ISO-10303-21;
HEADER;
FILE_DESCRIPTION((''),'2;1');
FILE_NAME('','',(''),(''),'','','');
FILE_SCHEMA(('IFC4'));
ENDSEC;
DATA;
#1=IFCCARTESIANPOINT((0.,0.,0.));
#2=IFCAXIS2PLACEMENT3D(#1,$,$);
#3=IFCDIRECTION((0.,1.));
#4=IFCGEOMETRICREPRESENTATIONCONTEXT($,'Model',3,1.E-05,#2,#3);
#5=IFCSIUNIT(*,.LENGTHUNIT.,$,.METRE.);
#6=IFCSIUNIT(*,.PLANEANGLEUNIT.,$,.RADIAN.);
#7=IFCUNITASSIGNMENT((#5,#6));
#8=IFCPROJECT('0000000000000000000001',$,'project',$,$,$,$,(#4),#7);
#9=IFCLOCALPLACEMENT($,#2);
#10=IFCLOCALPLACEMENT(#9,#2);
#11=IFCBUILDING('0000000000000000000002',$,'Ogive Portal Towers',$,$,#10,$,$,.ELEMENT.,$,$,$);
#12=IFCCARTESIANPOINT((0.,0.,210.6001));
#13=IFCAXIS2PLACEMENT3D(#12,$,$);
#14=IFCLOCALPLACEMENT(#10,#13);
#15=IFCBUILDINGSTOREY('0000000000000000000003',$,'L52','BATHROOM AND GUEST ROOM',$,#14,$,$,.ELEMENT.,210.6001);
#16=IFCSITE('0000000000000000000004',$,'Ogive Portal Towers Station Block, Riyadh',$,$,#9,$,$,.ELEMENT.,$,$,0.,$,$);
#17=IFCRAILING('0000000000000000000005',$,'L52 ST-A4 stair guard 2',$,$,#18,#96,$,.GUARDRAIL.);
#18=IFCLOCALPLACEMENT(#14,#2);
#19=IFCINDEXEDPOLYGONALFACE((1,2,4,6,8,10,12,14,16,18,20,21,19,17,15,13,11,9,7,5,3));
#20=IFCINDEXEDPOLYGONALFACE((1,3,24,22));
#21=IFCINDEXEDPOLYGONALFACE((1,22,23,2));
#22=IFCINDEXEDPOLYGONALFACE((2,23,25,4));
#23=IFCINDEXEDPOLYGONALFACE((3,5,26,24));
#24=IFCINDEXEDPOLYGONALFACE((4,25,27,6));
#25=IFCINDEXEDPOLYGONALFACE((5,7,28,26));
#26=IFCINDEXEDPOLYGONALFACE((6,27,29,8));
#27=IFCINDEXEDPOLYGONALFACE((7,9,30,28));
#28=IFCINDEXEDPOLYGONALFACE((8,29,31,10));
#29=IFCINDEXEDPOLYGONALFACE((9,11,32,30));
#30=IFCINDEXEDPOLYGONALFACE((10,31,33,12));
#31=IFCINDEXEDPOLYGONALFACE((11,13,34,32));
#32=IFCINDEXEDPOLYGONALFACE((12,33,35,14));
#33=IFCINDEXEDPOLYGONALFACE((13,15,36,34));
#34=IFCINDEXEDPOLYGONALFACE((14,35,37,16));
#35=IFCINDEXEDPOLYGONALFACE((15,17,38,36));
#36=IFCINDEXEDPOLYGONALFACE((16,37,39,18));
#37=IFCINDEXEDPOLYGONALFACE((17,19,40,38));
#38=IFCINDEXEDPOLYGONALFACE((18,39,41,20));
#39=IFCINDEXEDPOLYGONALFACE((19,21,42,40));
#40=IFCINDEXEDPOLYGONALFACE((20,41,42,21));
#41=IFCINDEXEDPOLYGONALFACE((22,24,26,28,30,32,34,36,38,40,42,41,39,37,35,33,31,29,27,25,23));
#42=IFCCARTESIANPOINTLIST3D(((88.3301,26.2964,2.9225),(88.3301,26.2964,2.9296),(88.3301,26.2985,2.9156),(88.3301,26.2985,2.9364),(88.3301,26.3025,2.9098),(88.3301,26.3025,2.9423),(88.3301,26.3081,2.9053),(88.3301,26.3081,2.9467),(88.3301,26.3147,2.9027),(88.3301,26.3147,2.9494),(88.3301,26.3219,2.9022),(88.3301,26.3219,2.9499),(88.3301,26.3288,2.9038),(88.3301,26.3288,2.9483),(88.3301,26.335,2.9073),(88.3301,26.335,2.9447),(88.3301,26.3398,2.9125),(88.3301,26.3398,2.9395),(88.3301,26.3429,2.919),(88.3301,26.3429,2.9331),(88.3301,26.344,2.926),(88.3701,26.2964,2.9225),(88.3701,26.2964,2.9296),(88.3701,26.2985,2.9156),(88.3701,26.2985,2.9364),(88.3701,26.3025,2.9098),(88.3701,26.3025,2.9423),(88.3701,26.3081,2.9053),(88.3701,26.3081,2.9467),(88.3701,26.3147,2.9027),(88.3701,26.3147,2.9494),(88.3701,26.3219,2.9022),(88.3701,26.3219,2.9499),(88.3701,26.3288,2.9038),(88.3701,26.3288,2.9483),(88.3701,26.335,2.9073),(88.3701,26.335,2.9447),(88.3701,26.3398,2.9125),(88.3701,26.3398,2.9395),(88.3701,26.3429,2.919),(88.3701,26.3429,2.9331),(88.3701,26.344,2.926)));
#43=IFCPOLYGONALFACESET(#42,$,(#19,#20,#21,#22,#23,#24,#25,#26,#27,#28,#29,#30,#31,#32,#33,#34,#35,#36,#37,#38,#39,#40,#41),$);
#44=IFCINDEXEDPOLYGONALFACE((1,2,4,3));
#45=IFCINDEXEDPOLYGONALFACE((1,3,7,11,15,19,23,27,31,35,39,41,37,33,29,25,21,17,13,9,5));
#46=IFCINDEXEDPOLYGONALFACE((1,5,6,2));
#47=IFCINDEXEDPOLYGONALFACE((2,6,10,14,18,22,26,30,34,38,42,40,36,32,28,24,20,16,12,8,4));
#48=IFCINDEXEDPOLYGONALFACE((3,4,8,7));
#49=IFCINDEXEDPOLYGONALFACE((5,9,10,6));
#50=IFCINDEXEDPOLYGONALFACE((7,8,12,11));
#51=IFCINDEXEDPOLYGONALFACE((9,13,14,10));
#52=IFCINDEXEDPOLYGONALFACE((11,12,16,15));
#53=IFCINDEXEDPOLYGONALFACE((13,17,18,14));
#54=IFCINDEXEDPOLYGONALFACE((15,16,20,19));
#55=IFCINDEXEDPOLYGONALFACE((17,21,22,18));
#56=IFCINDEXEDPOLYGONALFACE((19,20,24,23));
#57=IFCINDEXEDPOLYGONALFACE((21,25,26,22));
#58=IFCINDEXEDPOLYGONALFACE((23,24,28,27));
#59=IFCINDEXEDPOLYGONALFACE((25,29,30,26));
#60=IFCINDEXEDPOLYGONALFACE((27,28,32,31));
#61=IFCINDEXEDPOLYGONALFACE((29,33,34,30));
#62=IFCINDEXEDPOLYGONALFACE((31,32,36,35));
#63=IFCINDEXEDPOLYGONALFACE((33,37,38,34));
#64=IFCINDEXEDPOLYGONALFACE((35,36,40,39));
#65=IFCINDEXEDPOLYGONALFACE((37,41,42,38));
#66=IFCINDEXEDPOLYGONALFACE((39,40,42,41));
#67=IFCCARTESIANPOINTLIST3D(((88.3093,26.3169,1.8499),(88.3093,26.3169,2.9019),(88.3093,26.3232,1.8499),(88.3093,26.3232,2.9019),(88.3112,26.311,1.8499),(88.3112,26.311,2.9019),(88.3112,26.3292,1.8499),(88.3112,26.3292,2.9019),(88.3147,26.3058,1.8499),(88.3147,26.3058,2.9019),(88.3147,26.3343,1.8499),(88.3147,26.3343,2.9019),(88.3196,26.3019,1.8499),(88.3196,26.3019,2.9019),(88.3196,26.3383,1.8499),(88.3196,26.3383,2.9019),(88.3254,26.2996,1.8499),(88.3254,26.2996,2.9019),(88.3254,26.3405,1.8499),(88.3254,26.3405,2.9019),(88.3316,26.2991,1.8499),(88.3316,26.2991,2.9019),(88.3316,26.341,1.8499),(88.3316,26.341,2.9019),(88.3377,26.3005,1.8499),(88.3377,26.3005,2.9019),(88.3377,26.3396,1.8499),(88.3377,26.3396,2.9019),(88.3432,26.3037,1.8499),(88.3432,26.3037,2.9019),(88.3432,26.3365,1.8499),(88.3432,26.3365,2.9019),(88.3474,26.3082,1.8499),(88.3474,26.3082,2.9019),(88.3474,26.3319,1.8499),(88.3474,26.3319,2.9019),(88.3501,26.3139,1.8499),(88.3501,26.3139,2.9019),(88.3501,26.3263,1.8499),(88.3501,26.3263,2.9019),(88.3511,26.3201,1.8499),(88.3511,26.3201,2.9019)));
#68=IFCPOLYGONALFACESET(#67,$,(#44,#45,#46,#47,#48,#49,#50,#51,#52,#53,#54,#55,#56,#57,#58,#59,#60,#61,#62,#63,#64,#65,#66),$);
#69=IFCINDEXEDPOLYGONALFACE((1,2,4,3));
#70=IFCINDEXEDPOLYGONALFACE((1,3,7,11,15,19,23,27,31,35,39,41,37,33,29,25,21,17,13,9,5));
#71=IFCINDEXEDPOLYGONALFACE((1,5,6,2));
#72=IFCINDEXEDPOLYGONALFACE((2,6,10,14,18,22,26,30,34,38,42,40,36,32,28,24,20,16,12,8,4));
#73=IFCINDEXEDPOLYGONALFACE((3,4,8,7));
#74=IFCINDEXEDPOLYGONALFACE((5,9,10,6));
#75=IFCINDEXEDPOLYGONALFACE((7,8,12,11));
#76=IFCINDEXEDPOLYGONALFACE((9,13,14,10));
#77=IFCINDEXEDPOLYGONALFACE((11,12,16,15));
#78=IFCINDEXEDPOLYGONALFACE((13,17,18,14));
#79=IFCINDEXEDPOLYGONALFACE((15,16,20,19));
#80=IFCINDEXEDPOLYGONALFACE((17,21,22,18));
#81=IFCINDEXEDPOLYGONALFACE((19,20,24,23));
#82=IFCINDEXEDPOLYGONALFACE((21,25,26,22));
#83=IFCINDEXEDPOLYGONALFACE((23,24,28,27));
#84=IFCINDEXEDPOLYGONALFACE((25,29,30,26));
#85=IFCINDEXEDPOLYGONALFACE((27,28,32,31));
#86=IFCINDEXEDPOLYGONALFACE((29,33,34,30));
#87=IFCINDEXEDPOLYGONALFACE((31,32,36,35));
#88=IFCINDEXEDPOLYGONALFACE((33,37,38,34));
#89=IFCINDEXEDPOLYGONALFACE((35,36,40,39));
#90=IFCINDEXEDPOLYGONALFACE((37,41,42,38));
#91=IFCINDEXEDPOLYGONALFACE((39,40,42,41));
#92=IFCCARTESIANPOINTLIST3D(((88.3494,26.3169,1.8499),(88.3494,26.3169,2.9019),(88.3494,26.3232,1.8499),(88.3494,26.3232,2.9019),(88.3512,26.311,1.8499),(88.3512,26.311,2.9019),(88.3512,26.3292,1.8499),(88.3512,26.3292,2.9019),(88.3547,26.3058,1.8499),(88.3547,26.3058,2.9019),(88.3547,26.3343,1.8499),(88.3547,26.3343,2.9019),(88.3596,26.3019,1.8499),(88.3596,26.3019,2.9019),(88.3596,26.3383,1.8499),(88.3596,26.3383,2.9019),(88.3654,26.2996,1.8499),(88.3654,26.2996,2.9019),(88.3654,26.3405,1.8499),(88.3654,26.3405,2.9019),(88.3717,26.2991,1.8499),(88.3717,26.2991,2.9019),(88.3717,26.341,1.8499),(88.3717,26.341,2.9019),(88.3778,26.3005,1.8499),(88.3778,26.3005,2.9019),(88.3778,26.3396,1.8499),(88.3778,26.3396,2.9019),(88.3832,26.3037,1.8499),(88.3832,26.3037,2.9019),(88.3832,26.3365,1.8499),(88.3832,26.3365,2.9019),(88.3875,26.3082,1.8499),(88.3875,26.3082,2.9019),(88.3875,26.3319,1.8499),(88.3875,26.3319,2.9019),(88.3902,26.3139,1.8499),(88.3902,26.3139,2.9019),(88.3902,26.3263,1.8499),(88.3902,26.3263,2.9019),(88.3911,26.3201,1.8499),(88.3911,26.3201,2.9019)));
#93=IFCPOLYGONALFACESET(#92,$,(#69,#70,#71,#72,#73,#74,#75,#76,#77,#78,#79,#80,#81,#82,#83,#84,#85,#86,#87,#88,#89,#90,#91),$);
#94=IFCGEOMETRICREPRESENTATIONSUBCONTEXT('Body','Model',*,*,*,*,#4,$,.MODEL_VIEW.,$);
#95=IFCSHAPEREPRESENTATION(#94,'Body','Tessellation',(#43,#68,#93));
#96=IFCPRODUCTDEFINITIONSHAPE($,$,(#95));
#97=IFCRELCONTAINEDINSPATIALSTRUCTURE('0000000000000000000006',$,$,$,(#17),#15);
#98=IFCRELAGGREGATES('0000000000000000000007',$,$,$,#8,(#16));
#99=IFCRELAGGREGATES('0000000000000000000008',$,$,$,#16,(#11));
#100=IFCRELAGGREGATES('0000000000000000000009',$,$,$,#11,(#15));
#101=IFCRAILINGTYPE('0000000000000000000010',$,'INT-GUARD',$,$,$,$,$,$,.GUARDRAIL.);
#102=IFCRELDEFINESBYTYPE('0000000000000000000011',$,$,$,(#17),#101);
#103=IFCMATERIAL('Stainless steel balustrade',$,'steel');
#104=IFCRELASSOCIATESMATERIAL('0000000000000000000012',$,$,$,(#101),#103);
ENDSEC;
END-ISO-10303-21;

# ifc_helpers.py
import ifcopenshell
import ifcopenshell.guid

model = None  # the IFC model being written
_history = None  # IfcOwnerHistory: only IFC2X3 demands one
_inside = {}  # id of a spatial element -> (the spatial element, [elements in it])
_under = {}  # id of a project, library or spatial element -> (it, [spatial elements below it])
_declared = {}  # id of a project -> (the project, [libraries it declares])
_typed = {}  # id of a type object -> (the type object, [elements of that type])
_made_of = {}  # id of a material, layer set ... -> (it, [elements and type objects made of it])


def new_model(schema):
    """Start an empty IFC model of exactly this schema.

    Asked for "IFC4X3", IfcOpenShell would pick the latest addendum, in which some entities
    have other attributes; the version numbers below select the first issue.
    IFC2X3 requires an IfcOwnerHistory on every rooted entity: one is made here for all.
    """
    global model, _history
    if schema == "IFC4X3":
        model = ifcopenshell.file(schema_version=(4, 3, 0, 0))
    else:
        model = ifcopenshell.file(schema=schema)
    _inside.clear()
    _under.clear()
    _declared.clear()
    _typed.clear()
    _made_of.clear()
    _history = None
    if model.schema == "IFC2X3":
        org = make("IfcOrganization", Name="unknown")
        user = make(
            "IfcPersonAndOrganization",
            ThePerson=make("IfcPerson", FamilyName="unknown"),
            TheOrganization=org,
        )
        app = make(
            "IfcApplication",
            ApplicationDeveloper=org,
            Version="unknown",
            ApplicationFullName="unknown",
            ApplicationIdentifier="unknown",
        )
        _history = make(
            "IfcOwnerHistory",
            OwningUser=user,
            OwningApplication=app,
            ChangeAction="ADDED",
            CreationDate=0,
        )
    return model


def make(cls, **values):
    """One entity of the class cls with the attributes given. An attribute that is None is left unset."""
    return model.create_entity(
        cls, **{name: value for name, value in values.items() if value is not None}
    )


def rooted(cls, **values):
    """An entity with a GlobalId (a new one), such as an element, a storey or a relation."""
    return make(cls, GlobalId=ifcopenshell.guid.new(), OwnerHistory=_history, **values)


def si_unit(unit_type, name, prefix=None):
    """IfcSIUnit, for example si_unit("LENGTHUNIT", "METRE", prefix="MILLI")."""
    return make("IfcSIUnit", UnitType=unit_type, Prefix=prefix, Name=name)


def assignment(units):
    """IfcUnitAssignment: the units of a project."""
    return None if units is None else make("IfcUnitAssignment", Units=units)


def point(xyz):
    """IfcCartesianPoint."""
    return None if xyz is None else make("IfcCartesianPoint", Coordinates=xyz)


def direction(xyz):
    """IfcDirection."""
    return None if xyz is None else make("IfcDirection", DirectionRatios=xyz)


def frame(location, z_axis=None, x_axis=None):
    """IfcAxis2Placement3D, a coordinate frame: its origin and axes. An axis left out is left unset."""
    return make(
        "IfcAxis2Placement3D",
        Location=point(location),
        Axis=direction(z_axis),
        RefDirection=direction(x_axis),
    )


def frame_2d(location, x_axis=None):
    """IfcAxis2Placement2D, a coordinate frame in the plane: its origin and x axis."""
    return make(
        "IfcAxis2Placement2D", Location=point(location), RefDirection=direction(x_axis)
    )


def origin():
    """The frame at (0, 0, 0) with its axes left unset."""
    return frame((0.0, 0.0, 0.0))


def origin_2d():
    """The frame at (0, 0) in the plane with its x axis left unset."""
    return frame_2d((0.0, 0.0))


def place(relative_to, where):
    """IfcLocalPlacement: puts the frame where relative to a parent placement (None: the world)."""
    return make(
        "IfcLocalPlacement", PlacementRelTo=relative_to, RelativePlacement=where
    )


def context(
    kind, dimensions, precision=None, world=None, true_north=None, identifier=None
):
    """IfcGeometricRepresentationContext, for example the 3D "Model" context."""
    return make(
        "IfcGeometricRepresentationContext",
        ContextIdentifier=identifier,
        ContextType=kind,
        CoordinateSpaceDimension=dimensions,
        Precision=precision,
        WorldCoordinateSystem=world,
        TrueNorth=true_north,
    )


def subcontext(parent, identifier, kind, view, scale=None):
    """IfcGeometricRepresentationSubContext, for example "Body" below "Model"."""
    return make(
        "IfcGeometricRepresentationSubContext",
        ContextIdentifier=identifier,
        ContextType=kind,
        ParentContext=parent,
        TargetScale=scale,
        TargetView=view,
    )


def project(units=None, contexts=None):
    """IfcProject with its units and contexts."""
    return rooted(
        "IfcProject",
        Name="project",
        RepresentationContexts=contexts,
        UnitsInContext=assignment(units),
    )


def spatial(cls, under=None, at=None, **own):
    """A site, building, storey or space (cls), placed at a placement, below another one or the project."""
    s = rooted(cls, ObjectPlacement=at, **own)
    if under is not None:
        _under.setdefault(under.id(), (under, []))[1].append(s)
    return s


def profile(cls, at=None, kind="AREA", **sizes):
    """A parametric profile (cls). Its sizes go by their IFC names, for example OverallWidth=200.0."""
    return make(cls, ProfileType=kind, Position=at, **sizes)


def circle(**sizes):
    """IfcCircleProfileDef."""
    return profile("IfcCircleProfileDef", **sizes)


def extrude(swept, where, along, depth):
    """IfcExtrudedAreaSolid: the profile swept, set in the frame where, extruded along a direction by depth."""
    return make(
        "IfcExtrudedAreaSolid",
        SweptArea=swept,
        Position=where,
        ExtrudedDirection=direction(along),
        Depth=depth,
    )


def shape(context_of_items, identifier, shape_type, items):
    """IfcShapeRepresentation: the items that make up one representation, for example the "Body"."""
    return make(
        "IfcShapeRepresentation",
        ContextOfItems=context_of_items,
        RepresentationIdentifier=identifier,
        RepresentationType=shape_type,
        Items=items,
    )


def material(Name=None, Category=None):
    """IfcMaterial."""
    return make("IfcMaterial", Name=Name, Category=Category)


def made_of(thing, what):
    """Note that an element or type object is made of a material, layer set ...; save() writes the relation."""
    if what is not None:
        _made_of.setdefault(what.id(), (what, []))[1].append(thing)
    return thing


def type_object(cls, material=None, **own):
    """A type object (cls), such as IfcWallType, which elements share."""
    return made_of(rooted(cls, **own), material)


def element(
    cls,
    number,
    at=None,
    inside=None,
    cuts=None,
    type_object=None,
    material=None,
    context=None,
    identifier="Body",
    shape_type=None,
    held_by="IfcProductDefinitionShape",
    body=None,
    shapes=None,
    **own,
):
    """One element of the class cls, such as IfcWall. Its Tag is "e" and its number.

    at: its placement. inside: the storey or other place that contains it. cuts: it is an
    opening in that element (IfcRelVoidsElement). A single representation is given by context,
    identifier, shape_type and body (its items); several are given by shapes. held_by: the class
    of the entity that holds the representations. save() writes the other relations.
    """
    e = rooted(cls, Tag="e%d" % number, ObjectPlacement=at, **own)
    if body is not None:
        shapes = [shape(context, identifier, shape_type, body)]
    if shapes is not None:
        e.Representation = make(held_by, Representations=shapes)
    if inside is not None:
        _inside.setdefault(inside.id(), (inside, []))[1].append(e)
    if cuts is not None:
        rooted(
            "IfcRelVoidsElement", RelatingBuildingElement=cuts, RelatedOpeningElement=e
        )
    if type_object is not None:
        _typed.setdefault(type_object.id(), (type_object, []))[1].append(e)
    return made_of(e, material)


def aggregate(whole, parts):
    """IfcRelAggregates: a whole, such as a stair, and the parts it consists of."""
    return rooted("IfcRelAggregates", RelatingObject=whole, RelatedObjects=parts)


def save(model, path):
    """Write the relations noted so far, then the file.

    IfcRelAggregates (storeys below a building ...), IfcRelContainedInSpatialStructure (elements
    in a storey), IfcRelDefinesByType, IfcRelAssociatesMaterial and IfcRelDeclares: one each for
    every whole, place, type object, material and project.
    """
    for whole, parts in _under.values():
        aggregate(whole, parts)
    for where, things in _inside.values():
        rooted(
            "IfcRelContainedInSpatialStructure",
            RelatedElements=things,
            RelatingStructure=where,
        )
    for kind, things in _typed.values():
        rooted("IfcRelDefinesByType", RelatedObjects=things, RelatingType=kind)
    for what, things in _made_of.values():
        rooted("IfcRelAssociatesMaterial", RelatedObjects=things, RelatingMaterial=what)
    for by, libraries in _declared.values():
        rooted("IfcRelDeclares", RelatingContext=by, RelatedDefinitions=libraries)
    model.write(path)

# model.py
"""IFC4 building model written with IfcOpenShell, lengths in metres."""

from ifc_helpers import new_model, si_unit, direction, frame, origin, origin_2d, place, context, subcontext, project, spatial, circle, extrude, material, type_object, element, save


model = new_model("IFC4")

# Units and contexts
model_context = context("Model", 3, precision=1e-05, world=origin(), true_north=direction((0.0, 1.0)))
body_context = subcontext(model_context, "Body", "Model", "MODEL_VIEW")
ifc_project = project(units=[si_unit("LENGTHUNIT", "METRE"), si_unit("PLANEANGLEUNIT", "RADIAN")], contexts=[model_context])

# Site, building, storey
site_placement = place(None, origin())
site = spatial("IfcSite", under=ifc_project, at=site_placement, Name="Ogive Portal Towers Station Block, Riyadh", CompositionType="ELEMENT", RefElevation=0.0)
building_placement = place(site_placement, origin())
building = spatial("IfcBuilding", under=site, at=building_placement, Name="Ogive Portal Towers", CompositionType="ELEMENT")
storey_placement = place(building_placement, frame((0.0, 0.0, 210.6001)))
storey = spatial("IfcBuildingStorey", under=building, at=storey_placement, Name="L52", Description="BATHROOM AND GUEST ROOM", CompositionType="ELEMENT", Elevation=210.6001)

# Railing
ifc_material_1 = material(Name="Stainless steel balustrade", Category="steel")
railing_type_1 = type_object("IfcRailingType", Name="INT-GUARD", PredefinedType="GUARDRAIL", material=ifc_material_1)
railing_1_placement = place(storey_placement, frame((88.3301, 26.3201, 1.8499)))
element("IfcRailing", 1, at=railing_1_placement, inside=storey, type_object=railing_type_1, Name="L52 ST-A4 stair guard 2", PredefinedType="GUARDRAIL", context=body_context, shape_type="SweptSolid", body=[
    extrude(circle(Radius=0.0239, at=origin_2d()), frame((0.0, 0.0, 1.0762), z_axis=(1.0, 0.0, 0.0), x_axis=(0.0, 1.0, 0.0)), (0.0, 0.0, 1.0), 0.04),
    extrude(circle(Radius=0.021, at=origin_2d()), origin(), (0.0, 0.0, 1.0), 1.052),
    extrude(circle(Radius=0.021, at=origin_2d()), frame((0.04, 0.0, 0.0)), (0.0, 0.0, 1.0), 1.052),
])

save(model, "model.ifc")
